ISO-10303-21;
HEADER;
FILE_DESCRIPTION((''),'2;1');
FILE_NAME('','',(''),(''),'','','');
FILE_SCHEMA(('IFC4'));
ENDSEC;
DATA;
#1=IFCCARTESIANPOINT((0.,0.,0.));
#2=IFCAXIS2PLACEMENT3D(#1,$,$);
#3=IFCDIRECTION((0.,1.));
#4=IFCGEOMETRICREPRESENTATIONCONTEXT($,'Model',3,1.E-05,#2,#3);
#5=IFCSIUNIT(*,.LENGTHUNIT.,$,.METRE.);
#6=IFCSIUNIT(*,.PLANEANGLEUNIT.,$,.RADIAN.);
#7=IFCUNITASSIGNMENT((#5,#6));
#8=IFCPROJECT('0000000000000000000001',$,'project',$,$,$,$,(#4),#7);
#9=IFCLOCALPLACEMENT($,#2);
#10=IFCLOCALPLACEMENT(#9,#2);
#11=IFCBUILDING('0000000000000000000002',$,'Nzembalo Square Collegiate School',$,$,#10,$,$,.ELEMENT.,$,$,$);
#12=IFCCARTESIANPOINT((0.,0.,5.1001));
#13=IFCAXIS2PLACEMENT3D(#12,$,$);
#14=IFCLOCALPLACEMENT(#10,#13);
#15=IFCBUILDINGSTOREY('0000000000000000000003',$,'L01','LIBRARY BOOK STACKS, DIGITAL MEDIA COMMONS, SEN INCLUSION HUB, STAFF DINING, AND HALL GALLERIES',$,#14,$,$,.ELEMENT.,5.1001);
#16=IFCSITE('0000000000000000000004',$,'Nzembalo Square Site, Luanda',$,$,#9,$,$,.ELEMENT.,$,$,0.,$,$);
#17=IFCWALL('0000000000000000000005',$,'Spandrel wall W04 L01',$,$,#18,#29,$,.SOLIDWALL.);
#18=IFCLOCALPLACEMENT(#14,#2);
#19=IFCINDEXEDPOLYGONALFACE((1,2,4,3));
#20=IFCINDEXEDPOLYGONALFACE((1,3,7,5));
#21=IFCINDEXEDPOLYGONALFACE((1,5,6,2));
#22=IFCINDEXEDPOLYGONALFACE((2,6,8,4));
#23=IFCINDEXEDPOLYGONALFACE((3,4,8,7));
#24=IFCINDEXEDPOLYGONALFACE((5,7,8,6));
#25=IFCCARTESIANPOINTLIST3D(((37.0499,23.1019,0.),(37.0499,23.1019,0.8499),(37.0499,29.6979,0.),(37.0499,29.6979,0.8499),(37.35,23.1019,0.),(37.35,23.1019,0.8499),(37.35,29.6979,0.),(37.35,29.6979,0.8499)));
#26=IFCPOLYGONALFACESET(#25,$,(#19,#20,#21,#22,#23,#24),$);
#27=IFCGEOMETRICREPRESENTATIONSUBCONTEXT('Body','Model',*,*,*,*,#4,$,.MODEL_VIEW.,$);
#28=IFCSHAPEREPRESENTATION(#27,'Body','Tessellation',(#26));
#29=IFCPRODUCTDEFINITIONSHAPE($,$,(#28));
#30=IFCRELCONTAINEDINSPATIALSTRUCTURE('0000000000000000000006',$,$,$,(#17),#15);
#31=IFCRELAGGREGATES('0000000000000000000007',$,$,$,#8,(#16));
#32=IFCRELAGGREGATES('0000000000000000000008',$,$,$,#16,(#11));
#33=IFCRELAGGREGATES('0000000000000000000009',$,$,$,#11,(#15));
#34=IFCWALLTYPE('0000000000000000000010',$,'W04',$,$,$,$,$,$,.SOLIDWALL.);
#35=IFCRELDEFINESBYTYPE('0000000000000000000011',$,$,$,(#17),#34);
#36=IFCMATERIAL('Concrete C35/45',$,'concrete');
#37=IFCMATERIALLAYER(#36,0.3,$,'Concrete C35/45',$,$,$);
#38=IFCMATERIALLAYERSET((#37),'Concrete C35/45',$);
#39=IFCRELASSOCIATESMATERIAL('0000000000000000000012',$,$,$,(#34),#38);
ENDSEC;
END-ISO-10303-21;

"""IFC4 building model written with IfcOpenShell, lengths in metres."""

from ifc_helpers import new_model, si_unit, direction, frame, frame_2d, origin, place, context, subcontext, project, spatial, rectangle, extrude, material, layer, layer_set, type_object, element, save


model = new_model("IFC4")

# Units and contexts
model_context = context("Model", 3, precision=1e-05, world=origin(), true_north=direction((0.0, 1.0)))
body_context = subcontext(model_context, "Body", "Model", "MODEL_VIEW")
ifc_project = project(units=[si_unit("LENGTHUNIT", "METRE"), si_unit("PLANEANGLEUNIT", "RADIAN")], contexts=[model_context])

# Site, building, storey
site_placement = place(None, origin())
site = spatial("IfcSite", under=ifc_project, at=site_placement, Name="Nzembalo Square Site, Luanda", CompositionType="ELEMENT", RefElevation=0.0)
building_placement = place(site_placement, origin())
building = spatial("IfcBuilding", under=site, at=building_placement, Name="Nzembalo Square Collegiate School", CompositionType="ELEMENT")
storey_placement = place(building_placement, frame((0.0, 0.0, 5.1001)))
storey = spatial("IfcBuildingStorey", under=building, at=storey_placement, Name="L01", Description="LIBRARY BOOK STACKS, DIGITAL MEDIA COMMONS, SEN INCLUSION HUB, STAFF DINING, AND HALL GALLERIES", CompositionType="ELEMENT", Elevation=5.1001)

# Wall
ifc_material_1 = material(Name="Concrete C35/45", Category="concrete")
ifc_layer_1 = layer(ifc_material_1, 0.3, Name="Concrete C35/45")
ifc_layer_set_1 = layer_set([ifc_layer_1], Name="Concrete C35/45")
wall_type = type_object("IfcWallType", Name="W04", PredefinedType="SOLIDWALL", material=ifc_layer_set_1)
wall_placement = place(storey_placement, frame((37.2, 23.1021, 0.0), z_axis=(0.0, 0.0, 1.0), x_axis=(0.0, 1.0, 0.0)))
element("IfcWall", 1, at=wall_placement, inside=storey, type_object=wall_type, Name="Spandrel wall W04 L01", PredefinedType="SOLIDWALL", context=body_context, shape_type="SweptSolid", body=[
    extrude(rectangle(XDim=6.5959, YDim=0.3, at=frame_2d((3.2979, 0.0))), origin(), (0.0, 0.0, 1.0), 0.8499),
])

save(model, "model.ifc")
